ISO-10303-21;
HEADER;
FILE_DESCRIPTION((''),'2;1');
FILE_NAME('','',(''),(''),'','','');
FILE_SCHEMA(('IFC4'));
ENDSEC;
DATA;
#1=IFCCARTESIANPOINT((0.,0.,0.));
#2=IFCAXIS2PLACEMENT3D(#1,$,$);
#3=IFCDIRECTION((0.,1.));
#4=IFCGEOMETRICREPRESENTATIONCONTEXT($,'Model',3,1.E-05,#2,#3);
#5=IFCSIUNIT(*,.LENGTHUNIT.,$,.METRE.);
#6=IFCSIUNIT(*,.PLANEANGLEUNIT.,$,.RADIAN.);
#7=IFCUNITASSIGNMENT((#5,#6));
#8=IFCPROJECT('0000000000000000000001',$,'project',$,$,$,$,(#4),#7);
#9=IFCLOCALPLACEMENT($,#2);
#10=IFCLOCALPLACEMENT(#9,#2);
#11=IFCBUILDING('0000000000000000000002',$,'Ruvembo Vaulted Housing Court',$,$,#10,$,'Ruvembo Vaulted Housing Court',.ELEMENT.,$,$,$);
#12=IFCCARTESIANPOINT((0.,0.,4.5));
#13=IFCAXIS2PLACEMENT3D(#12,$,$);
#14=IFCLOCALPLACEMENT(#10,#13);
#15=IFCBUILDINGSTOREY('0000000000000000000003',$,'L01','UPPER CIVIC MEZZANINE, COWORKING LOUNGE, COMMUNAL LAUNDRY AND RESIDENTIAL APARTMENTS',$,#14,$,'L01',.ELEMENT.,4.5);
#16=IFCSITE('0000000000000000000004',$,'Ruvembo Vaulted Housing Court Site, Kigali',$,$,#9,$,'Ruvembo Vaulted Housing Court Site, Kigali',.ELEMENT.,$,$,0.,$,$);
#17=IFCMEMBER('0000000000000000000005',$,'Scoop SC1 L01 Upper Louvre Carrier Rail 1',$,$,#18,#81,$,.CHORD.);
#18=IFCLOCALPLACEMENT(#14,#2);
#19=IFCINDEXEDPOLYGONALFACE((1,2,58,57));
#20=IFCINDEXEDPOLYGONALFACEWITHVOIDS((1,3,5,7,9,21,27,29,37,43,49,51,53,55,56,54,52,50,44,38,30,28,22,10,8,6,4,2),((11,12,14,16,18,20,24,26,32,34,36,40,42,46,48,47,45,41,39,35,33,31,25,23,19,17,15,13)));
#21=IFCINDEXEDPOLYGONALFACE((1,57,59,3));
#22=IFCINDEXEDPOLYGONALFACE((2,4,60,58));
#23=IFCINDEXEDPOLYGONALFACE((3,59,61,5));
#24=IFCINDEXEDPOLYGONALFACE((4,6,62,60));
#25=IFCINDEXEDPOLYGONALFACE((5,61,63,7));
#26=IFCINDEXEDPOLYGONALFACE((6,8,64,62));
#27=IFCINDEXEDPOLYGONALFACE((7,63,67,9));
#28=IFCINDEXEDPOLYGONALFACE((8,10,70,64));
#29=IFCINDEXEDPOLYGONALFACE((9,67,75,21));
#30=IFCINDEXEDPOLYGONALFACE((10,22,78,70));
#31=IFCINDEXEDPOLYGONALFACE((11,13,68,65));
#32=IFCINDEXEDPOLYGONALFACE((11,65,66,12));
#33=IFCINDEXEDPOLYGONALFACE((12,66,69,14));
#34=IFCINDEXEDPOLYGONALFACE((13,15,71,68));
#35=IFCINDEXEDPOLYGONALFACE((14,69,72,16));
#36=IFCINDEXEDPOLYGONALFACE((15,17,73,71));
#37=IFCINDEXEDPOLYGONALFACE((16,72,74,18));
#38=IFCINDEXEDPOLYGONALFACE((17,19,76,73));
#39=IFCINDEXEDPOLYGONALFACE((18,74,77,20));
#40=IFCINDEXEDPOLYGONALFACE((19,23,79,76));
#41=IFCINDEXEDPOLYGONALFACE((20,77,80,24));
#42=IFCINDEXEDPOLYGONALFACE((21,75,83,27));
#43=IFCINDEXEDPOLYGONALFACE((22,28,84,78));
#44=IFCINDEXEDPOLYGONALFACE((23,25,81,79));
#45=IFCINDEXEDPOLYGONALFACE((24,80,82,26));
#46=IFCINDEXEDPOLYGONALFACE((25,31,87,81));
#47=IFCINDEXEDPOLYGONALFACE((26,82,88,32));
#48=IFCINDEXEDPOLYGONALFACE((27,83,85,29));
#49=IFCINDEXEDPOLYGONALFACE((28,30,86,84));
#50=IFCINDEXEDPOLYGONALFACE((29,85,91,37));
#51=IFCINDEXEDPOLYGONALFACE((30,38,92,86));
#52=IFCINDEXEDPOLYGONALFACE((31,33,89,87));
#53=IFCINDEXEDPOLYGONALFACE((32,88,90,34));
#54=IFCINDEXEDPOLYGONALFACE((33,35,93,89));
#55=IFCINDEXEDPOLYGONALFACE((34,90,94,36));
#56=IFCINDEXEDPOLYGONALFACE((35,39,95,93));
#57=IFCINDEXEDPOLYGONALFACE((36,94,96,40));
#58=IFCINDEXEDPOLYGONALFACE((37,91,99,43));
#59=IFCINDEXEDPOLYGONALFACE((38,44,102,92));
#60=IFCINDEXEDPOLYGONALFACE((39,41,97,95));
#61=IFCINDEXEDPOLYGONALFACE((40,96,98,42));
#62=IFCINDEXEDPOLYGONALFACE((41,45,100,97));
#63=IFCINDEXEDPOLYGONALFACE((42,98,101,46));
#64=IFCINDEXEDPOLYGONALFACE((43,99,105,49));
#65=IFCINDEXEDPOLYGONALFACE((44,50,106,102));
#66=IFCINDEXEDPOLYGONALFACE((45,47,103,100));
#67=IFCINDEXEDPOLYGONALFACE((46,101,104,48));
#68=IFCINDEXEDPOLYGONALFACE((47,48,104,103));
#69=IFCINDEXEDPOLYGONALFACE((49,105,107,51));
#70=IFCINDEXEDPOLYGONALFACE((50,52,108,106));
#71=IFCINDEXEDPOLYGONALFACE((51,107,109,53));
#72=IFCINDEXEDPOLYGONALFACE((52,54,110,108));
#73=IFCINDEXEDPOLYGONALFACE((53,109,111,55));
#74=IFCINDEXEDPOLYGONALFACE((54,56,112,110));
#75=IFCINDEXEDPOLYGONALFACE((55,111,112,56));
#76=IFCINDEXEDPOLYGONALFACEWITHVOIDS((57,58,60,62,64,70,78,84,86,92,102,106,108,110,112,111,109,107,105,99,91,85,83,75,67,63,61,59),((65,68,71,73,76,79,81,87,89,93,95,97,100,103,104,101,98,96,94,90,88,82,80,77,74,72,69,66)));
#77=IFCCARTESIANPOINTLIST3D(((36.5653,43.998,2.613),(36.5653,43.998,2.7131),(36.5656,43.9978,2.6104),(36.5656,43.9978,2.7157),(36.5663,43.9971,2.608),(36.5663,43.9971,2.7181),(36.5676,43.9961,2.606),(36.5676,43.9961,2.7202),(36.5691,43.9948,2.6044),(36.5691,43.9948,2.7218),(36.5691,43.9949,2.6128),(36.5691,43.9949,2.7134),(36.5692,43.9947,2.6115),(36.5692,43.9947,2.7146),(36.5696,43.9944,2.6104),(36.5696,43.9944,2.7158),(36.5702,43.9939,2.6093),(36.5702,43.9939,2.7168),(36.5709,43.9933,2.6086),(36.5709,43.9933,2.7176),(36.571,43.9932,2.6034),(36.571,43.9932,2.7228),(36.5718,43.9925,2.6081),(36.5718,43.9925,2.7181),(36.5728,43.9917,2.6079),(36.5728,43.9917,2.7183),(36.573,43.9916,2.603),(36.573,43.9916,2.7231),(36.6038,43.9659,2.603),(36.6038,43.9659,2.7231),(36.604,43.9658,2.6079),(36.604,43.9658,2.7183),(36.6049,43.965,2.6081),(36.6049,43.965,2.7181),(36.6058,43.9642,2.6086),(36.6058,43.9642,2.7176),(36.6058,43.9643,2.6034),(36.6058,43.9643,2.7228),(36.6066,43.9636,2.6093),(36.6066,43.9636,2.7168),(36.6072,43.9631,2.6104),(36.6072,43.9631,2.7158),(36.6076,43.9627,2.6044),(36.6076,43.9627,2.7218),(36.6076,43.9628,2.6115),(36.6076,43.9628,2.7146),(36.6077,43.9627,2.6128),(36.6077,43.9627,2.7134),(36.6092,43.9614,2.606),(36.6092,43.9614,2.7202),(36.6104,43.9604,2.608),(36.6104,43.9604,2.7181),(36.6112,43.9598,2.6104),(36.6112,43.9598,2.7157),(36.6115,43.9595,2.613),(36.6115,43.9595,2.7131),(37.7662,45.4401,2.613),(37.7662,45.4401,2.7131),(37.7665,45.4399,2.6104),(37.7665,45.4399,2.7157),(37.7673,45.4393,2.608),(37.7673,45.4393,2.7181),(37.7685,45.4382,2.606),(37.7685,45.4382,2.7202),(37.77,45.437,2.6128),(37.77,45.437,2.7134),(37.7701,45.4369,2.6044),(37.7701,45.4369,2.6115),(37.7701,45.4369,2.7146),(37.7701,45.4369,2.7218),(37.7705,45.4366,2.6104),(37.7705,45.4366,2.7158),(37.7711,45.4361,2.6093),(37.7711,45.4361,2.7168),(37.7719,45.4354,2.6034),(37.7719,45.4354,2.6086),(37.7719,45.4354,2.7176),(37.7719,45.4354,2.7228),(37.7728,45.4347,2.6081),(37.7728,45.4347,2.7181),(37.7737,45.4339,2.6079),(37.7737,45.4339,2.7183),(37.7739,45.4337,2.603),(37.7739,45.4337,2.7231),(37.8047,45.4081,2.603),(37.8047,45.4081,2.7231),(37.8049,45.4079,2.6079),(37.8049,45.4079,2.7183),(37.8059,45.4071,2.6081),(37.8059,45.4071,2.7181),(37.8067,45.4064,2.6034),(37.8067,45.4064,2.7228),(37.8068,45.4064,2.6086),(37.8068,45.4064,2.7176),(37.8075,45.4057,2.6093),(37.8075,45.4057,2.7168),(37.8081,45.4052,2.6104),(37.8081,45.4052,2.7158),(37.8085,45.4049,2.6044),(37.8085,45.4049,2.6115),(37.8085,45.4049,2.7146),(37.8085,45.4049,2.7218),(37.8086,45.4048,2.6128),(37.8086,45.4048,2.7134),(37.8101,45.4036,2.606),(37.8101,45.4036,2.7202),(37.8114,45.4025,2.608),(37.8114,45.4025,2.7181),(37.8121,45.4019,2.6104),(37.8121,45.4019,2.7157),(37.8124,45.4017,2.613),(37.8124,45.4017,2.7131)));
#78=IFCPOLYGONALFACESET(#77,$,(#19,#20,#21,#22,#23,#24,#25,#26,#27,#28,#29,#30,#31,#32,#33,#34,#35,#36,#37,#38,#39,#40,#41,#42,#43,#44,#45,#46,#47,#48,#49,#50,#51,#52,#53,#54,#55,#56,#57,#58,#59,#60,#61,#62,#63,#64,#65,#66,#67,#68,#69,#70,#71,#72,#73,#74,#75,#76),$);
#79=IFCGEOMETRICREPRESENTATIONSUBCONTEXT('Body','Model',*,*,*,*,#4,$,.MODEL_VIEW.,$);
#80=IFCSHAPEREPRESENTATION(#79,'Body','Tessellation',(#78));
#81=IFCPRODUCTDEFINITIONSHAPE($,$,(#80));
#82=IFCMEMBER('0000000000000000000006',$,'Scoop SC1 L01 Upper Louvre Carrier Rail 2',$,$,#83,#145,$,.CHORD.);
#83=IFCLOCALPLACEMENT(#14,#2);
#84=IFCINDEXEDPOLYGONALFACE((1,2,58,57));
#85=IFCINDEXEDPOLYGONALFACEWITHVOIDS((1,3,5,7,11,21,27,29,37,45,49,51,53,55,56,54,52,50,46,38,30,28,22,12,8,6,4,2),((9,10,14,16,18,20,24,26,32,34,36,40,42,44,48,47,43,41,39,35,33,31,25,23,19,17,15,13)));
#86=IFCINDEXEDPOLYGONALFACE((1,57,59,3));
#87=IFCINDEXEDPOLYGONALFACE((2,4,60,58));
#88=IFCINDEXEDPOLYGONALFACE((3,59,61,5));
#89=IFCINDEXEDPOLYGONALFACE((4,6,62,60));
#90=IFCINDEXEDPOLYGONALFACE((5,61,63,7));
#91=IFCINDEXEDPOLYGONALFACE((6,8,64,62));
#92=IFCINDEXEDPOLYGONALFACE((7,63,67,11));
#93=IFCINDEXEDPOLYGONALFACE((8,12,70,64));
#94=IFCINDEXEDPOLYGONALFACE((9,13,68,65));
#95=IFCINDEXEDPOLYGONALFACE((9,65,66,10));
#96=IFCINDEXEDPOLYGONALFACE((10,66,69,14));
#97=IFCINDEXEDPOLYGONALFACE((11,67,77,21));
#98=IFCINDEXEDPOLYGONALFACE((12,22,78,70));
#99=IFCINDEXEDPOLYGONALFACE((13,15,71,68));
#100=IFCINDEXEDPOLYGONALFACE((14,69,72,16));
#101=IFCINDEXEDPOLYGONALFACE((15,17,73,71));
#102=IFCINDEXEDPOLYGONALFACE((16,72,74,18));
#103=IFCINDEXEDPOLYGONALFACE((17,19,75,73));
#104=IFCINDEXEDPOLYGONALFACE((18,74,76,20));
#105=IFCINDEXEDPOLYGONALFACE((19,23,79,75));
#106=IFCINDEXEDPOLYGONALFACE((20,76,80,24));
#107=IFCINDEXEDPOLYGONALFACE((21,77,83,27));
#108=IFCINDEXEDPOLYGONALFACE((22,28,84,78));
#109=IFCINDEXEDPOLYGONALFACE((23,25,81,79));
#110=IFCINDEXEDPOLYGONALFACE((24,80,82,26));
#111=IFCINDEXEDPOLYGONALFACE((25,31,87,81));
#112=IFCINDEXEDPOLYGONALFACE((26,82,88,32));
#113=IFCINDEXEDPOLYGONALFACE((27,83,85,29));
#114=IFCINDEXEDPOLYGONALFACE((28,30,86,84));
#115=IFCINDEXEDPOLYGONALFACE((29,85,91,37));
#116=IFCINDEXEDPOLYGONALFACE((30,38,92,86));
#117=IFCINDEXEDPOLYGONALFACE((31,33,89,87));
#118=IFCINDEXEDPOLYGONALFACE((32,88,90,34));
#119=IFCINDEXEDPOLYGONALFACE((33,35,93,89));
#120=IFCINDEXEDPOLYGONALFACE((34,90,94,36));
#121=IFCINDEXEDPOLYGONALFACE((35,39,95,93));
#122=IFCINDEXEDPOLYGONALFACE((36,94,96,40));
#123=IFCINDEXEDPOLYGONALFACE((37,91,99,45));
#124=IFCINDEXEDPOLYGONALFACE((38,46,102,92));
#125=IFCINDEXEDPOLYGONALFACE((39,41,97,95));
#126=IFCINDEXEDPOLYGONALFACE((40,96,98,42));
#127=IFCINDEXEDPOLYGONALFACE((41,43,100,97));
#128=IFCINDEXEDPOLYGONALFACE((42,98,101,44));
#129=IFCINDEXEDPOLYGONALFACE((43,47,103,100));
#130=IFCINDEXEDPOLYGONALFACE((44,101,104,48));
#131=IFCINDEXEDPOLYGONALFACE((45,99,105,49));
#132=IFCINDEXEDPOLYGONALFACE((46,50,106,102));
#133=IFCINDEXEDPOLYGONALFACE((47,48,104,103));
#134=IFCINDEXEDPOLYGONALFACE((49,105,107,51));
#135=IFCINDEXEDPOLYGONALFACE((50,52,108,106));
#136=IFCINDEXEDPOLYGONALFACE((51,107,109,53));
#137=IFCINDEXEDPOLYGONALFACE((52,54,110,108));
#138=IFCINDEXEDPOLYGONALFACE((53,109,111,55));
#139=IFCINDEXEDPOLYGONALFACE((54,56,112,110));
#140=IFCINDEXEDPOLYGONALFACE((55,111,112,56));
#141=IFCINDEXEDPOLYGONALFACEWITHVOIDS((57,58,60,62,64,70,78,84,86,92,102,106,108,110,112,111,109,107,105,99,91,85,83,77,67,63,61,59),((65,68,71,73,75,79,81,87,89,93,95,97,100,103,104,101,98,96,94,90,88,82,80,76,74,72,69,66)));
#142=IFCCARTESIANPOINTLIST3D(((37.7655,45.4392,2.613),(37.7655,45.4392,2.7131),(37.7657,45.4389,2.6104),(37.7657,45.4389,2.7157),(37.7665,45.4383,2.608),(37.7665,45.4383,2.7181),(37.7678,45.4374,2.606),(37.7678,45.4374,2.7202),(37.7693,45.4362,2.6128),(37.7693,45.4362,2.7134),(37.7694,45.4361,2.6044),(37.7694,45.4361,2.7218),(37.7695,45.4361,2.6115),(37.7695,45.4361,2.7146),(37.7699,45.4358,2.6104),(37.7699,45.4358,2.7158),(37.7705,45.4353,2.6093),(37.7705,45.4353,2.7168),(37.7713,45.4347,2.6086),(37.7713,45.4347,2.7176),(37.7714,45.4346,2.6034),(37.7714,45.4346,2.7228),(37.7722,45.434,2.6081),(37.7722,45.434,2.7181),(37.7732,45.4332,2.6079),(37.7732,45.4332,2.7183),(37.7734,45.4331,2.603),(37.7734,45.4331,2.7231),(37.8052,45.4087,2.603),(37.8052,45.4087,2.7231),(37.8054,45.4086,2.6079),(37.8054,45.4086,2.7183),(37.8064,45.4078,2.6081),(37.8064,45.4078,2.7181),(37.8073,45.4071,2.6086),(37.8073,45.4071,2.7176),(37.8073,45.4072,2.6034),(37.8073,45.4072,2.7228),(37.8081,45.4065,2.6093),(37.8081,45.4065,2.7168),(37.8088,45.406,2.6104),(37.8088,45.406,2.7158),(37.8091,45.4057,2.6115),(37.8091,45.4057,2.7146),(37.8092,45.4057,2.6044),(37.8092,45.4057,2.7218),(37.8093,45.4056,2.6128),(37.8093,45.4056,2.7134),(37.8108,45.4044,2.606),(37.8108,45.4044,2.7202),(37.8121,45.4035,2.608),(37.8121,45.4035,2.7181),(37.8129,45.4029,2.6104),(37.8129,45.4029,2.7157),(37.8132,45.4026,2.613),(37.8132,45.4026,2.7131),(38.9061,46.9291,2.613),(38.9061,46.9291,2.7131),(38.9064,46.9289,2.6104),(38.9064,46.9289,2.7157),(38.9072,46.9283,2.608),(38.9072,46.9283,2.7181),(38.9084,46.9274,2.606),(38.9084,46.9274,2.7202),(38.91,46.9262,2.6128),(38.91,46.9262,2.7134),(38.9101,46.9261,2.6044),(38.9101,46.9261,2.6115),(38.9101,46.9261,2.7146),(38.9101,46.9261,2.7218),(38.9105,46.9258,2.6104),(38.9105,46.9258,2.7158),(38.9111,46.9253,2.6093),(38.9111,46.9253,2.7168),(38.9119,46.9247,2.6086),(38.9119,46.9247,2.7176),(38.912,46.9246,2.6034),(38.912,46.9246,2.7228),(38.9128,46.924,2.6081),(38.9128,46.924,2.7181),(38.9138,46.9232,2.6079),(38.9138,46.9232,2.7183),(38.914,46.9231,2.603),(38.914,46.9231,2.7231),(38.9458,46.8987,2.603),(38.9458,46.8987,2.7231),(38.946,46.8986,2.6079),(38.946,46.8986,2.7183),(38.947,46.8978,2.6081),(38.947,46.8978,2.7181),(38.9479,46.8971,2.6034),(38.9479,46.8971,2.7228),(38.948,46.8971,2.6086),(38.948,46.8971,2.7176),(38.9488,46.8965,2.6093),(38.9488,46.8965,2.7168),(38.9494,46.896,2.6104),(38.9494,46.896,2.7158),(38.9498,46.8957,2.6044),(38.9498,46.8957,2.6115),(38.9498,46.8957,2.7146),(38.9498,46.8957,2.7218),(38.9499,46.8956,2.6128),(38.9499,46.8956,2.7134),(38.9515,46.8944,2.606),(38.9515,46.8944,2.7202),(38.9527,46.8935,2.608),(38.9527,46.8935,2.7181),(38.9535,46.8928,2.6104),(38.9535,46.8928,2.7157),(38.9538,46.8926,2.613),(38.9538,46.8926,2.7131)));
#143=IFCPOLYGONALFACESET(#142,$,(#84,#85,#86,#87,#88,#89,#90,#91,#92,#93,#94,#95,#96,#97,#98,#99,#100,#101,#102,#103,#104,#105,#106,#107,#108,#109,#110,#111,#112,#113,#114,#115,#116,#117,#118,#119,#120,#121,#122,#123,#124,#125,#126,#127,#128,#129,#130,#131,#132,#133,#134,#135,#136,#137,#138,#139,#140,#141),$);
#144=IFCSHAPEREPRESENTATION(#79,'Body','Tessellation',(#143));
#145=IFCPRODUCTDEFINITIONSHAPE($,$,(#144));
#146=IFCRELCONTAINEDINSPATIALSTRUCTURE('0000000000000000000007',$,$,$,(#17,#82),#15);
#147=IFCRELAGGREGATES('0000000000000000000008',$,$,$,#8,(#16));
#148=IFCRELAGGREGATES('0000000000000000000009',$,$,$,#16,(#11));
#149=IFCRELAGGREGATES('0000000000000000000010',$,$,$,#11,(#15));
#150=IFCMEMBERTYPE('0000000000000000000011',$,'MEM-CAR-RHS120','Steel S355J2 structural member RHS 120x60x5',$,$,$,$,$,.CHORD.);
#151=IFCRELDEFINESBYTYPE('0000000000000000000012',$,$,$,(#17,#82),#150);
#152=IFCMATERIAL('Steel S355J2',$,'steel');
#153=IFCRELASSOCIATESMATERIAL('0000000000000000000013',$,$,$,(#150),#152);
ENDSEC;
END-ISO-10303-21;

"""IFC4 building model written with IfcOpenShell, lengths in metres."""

from ifc_helpers import new_model, si_unit, direction, frame, origin, origin_2d, place, context, subcontext, project, spatial, hollow_rectangle, extrude, material, material_profile, profile_set, type_object, element, save


model = new_model("IFC4")

# Units and contexts
model_context = context("Model", 3, precision=1e-05, world=origin(), true_north=direction((0.0, 1.0)))
body_context = subcontext(model_context, "Body", "Model", "MODEL_VIEW")
ifc_project = project(units=[si_unit("LENGTHUNIT", "METRE"), si_unit("PLANEANGLEUNIT", "RADIAN")], contexts=[model_context])

# Site, building, storey
site_placement = place(None, origin())
site = spatial("IfcSite", under=ifc_project, at=site_placement, Name="Ruvembo Vaulted Housing Court Site, Kigali", LongName="Ruvembo Vaulted Housing Court Site, Kigali", CompositionType="ELEMENT", RefElevation=0.0)
building_placement = place(site_placement, origin())
building = spatial("IfcBuilding", under=site, at=building_placement, Name="Ruvembo Vaulted Housing Court", LongName="Ruvembo Vaulted Housing Court", CompositionType="ELEMENT")
storey_placement = place(building_placement, frame((0.0, 0.0, 4.5)))
storey = spatial("IfcBuildingStorey", under=building, at=storey_placement, Name="L01", Description="UPPER CIVIC MEZZANINE, COWORKING LOUNGE, COMMUNAL LAUNDRY AND RESIDENTIAL APARTMENTS", LongName="L01", CompositionType="ELEMENT", Elevation=4.5)

# Shared definitions
ifc_material_1 = material(Name="Steel S355J2", Category="steel")

# Members
ifc_material_profile_1 = material_profile(ifc_material_1, hollow_rectangle(XDim=0.0601, YDim=0.1201, WallThickness=0.0049, InnerFilletRadius=0.0049, OuterFilletRadius=0.01, at=origin_2d()), Name="RHS 120x60x5")
ifc_profile_set_1 = profile_set([ifc_material_profile_1], Name="Steel S355J2")
member_type_1 = type_object("IfcMemberType", Name="MEM-CAR-RHS120", Description="Steel S355J2 structural member RHS 120x60x5", PredefinedType="CHORD", material=ifc_profile_set_1)
member_1_placement = place(storey_placement, frame((36.5884, 43.9788, 2.6631), z_axis=(0.639916, 0.768445, 0.0), x_axis=(-0.768445, 0.639916, 0.0)))
element("IfcMember", 1, at=member_1_placement, inside=storey, type_object=member_type_1, Name="Scoop SC1 L01 Upper Louvre Carrier Rail 1", PredefinedType="CHORD", context=body_context, shape_type="SweptSolid", body=[
    extrude(hollow_rectangle(XDim=0.0601, YDim=0.1201, WallThickness=0.0049, InnerFilletRadius=0.0049, OuterFilletRadius=0.01, at=origin_2d()), origin(), (0.0, 0.0, 1.0), 1.8767),
])
member_2_placement = place(storey_placement, frame((37.7893, 45.4209, 2.6631), z_axis=(0.607861, 0.794044, 0.0), x_axis=(-0.794044, 0.607861, 0.0)))
element("IfcMember", 2, at=member_2_placement, inside=storey, type_object=member_type_1, Name="Scoop SC1 L01 Upper Louvre Carrier Rail 2", PredefinedType="CHORD", context=body_context, shape_type="SweptSolid", body=[
    extrude(hollow_rectangle(XDim=0.0601, YDim=0.1201, WallThickness=0.0049, InnerFilletRadius=0.0049, OuterFilletRadius=0.01, at=origin_2d()), origin(), (0.0, 0.0, 1.0), 1.8765),
])

save(model, "model.ifc")
